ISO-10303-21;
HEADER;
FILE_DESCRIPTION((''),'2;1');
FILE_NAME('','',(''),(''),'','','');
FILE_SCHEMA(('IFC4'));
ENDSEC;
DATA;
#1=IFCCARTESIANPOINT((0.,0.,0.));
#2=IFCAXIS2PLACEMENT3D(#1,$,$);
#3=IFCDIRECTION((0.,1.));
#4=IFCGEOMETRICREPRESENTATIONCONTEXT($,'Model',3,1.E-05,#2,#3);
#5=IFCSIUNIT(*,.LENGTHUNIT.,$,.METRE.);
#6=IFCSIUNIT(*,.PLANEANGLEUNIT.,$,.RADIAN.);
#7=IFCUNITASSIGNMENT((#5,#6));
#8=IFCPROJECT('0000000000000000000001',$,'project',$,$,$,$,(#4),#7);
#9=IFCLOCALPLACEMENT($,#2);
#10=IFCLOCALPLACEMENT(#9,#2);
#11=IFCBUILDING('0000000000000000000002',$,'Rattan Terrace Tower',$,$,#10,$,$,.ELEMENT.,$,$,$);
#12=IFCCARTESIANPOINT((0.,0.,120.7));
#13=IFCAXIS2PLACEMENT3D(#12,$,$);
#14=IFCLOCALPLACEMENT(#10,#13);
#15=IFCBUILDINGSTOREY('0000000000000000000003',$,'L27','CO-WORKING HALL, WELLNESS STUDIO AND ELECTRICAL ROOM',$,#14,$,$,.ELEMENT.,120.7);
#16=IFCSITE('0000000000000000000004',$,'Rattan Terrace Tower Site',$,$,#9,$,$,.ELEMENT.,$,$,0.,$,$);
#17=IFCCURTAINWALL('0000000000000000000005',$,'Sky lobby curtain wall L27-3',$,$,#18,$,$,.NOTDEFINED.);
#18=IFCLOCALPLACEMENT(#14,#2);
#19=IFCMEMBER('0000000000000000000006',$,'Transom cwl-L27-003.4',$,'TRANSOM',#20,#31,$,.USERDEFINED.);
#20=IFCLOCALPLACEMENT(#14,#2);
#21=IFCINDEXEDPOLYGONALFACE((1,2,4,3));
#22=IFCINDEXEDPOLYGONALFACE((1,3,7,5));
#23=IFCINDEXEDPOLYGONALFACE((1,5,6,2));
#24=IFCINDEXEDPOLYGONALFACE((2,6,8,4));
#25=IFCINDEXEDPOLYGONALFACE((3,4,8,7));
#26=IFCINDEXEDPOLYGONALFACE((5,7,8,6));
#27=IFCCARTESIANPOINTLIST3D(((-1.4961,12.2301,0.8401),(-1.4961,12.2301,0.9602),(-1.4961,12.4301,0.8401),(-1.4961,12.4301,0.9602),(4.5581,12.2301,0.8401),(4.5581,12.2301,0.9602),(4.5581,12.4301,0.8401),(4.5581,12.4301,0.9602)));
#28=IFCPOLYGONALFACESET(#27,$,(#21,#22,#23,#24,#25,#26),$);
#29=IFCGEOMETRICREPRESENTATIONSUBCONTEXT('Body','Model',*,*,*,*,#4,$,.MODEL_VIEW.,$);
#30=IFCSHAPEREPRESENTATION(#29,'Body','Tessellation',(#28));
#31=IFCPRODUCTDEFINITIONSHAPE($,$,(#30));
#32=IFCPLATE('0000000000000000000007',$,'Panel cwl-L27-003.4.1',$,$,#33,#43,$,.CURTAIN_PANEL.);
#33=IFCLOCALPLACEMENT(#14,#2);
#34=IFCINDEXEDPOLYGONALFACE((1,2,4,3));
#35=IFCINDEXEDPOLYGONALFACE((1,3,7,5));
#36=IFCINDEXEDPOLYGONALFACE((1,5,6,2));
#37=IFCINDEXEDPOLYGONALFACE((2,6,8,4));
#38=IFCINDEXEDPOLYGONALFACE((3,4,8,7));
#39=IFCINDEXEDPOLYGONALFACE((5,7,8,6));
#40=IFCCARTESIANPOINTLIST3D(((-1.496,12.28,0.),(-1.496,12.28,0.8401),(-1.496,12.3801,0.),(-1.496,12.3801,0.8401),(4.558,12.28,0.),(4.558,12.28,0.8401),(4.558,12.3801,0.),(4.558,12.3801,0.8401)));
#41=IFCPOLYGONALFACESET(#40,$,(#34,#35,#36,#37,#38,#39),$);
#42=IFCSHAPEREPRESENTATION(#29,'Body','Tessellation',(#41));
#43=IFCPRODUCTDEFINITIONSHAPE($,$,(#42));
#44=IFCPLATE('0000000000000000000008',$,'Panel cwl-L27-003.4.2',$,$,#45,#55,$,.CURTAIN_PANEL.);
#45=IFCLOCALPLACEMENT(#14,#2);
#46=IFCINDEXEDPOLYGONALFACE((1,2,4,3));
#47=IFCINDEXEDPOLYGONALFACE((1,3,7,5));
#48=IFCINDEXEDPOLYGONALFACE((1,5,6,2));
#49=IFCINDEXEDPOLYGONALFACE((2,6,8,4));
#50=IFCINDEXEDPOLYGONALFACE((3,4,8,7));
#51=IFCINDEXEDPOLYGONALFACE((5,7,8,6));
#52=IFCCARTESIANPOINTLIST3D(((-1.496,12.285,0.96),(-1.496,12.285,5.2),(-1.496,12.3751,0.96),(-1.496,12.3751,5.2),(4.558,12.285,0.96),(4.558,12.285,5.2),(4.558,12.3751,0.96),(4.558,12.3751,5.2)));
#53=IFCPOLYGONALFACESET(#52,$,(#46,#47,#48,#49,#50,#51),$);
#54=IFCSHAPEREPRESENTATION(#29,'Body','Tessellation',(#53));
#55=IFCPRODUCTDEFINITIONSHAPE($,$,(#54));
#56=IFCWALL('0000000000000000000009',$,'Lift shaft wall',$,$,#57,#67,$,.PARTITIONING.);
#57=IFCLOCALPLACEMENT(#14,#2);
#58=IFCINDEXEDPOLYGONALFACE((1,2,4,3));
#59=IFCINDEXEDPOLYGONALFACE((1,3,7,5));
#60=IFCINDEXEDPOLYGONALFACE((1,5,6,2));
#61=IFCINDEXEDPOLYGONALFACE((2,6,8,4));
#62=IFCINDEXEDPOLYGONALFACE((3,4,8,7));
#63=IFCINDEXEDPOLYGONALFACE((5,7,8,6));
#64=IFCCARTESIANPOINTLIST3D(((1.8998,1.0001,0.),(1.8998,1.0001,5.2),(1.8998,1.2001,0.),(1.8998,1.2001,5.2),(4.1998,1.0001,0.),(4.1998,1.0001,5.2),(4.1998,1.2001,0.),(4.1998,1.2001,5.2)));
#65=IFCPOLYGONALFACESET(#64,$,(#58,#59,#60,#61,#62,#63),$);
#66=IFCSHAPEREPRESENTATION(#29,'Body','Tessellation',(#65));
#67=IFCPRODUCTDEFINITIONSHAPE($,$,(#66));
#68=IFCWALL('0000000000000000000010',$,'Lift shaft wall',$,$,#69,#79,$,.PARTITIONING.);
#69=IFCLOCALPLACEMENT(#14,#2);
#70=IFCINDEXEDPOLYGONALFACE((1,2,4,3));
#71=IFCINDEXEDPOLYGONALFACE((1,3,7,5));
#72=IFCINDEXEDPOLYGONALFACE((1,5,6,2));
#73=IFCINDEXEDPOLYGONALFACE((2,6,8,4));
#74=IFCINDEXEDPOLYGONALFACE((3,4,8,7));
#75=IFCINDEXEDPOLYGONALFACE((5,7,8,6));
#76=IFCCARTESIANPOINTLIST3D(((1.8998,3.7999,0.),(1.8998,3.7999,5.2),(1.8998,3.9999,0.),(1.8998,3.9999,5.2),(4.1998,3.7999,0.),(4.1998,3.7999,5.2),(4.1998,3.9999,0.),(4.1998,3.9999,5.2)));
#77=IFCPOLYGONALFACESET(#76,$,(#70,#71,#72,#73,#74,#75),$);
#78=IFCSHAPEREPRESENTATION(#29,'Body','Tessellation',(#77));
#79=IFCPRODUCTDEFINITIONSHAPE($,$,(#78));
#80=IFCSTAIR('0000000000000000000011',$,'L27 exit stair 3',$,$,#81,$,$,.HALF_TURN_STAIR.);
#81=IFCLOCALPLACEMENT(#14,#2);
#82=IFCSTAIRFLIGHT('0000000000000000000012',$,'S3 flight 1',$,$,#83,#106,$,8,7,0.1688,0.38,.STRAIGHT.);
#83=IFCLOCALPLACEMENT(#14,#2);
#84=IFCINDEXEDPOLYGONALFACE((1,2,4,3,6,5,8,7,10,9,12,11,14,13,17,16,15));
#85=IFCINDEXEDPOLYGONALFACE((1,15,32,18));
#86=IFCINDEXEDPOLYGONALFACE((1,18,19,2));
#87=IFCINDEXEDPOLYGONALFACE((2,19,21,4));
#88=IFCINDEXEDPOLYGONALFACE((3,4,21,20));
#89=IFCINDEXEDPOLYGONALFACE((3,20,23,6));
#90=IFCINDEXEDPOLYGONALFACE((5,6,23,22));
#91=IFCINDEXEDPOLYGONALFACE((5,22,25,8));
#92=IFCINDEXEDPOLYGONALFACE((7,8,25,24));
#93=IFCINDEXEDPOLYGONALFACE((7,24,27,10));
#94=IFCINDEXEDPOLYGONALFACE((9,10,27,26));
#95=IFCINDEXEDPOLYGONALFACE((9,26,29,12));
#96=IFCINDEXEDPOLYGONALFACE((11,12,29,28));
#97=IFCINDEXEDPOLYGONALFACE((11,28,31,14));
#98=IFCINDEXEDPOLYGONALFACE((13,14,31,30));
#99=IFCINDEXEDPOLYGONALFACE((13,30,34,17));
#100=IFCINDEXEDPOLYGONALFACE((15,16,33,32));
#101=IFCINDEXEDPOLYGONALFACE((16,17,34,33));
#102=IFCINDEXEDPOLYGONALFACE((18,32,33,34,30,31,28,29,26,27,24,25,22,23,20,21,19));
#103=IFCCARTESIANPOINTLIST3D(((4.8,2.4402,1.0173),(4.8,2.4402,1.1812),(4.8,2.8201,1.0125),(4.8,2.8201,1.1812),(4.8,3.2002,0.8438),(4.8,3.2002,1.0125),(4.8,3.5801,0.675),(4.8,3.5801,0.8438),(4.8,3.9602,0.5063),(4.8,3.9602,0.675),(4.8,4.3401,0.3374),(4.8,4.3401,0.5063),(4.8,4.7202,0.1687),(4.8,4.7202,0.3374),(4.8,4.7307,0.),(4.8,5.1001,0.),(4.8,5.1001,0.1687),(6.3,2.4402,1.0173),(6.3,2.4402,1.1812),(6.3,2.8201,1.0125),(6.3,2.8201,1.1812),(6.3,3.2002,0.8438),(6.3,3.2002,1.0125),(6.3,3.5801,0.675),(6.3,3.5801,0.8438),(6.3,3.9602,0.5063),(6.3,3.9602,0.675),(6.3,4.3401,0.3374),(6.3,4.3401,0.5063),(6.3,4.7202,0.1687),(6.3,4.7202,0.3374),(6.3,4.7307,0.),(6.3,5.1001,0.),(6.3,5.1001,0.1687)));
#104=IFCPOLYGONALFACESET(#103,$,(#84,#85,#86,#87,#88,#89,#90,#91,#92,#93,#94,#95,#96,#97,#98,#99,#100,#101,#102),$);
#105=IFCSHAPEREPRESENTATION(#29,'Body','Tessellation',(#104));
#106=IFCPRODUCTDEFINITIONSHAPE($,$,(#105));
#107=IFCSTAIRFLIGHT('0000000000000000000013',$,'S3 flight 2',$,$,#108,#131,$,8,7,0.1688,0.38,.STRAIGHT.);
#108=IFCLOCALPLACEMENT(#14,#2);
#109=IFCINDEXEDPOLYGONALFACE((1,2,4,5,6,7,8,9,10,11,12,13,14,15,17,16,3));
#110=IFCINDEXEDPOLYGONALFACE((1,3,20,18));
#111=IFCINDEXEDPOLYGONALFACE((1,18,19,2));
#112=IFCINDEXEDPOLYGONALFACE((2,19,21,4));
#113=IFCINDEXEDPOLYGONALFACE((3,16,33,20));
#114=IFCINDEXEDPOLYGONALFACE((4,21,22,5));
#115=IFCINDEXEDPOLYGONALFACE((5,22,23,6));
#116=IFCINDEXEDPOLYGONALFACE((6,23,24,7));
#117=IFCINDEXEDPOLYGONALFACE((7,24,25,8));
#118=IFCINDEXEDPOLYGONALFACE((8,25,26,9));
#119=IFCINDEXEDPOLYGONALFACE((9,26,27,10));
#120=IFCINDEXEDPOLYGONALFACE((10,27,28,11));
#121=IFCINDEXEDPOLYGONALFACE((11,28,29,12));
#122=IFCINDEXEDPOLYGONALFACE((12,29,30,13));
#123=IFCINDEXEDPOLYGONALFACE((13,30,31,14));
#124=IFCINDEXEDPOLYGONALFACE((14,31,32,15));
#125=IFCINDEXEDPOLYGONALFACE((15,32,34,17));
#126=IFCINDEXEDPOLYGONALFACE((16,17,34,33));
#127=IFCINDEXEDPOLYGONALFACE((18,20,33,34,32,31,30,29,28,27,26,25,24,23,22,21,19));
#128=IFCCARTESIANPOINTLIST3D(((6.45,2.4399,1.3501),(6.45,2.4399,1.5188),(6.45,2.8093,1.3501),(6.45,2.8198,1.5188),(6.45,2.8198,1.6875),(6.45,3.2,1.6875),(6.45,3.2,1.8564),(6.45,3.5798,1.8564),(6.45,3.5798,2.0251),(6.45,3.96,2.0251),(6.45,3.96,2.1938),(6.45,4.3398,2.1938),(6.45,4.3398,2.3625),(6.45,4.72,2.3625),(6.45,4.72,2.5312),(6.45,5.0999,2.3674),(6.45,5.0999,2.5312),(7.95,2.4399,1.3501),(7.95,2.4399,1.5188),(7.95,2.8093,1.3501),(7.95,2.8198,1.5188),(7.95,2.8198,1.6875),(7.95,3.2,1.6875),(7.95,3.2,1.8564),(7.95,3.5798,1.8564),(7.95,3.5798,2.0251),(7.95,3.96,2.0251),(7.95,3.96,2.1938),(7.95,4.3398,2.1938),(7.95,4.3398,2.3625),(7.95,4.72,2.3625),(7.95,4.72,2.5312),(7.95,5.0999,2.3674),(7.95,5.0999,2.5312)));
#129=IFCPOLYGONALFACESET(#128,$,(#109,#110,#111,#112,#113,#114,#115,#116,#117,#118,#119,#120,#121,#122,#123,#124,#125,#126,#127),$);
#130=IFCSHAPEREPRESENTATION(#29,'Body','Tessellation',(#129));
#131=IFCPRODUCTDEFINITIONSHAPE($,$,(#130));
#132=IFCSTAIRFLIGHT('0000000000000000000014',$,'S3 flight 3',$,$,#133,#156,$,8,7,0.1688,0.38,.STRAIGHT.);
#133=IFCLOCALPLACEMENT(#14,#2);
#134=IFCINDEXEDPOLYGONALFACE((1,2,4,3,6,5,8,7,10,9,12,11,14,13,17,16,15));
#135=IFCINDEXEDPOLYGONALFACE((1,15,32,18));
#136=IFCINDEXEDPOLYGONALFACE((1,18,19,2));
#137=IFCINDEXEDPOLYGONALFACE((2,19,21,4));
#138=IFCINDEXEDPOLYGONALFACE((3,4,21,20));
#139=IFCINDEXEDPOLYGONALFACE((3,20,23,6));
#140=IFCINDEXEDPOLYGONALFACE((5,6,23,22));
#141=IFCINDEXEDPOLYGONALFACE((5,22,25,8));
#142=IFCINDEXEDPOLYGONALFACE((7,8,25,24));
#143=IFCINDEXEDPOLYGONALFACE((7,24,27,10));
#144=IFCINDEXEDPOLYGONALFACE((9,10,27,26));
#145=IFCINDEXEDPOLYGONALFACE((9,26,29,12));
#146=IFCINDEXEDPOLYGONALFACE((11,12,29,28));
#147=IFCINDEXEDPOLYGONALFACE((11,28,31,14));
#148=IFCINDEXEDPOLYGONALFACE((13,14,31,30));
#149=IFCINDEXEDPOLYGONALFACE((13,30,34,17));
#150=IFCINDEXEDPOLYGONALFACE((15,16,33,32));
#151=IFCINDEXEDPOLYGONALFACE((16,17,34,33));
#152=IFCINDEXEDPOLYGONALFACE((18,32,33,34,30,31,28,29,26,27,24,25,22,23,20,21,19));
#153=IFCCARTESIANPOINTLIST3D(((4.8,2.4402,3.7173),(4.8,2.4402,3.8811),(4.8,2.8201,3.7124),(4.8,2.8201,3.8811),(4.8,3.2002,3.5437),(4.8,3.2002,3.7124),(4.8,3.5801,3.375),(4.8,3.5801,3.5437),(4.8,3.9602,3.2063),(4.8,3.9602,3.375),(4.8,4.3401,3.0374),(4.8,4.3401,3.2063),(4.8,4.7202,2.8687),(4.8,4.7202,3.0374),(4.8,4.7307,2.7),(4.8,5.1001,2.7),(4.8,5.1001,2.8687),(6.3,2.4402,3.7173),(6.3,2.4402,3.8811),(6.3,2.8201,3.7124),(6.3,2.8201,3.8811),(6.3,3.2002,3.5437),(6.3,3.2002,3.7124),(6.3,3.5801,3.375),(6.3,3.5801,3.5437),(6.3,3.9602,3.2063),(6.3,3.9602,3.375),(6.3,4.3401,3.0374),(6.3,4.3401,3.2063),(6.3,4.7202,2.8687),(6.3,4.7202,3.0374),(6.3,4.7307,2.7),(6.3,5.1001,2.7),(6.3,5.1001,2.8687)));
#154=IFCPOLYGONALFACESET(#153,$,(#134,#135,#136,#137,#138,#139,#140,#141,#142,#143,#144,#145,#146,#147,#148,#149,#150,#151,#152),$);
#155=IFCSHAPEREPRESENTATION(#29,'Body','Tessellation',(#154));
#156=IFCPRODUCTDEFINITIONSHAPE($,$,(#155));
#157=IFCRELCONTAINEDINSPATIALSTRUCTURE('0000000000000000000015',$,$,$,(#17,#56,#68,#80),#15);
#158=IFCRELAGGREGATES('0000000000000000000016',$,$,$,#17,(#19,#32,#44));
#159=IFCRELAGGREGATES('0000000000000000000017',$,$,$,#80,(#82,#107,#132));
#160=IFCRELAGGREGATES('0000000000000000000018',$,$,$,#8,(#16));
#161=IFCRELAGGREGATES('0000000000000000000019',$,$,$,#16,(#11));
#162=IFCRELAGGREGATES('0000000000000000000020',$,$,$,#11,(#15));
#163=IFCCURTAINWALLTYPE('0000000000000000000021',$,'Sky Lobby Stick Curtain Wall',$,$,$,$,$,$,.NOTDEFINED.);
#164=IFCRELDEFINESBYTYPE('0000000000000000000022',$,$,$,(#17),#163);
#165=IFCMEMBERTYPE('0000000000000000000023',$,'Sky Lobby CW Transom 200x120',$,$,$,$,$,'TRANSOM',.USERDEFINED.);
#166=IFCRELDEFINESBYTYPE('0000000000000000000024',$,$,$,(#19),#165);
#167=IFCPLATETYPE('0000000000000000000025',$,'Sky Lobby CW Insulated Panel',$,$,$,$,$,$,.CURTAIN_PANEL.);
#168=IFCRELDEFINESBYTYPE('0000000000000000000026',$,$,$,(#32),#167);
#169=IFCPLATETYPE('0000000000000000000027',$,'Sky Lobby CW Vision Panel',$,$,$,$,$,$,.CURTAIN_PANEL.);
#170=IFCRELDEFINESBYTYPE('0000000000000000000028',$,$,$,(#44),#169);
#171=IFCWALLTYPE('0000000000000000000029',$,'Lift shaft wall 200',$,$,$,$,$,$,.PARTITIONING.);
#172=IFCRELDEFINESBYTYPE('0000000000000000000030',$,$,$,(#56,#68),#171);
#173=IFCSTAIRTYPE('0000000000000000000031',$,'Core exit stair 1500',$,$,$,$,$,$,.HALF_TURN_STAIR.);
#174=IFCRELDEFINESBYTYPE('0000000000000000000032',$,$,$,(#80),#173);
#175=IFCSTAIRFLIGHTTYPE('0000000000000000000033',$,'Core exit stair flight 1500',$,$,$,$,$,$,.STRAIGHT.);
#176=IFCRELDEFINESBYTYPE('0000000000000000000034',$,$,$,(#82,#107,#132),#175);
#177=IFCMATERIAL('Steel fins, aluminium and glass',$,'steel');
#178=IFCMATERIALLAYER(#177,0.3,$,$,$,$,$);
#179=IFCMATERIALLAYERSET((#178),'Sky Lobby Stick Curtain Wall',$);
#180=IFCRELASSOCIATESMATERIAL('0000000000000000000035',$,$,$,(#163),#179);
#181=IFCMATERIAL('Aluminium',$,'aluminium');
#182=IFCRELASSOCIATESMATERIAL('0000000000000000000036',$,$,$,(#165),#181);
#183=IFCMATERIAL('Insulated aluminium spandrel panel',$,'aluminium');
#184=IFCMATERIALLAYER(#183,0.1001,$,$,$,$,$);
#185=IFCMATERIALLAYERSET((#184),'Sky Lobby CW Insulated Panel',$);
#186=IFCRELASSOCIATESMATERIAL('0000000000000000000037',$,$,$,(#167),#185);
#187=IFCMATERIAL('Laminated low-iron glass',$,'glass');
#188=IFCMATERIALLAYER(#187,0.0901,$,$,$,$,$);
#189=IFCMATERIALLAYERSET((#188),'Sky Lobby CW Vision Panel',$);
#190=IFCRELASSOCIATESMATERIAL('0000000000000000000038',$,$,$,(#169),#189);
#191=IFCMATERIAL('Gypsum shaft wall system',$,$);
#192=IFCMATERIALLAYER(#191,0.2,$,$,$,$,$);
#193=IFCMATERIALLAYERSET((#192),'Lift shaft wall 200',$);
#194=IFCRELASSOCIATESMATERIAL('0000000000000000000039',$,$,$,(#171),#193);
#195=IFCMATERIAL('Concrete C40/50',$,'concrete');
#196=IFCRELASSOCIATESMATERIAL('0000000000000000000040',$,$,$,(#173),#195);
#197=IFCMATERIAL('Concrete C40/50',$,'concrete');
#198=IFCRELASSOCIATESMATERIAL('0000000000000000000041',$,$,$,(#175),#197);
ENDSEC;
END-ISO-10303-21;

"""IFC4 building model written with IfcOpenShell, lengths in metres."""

from ifc_helpers import new_model, si_unit, direction, frame, frame_2d, origin, origin_2d, place, context, subcontext, project, spatial, polyline, rectangle, outline, extrude, material, layer, layer_set, material_profile, profile_set, type_object, element, aggregate, save


model = new_model("IFC4")

# Units and contexts
model_context = context("Model", 3, precision=1e-05, world=origin(), true_north=direction((0.0, 1.0)))
body_context = subcontext(model_context, "Body", "Model", "MODEL_VIEW")
ifc_project = project(units=[si_unit("LENGTHUNIT", "METRE"), si_unit("PLANEANGLEUNIT", "RADIAN")], contexts=[model_context])

# Site, building, storey
site_placement = place(None, origin())
site = spatial("IfcSite", under=ifc_project, at=site_placement, Name="Rattan Terrace Tower Site", CompositionType="ELEMENT", RefElevation=0.0)
building_placement = place(site_placement, origin())
building = spatial("IfcBuilding", under=site, at=building_placement, Name="Rattan Terrace Tower", CompositionType="ELEMENT")
storey_placement = place(building_placement, frame((0.0, 0.0, 120.7)))
storey = spatial("IfcBuildingStorey", under=building, at=storey_placement, Name="L27", Description="CO-WORKING HALL, WELLNESS STUDIO AND ELECTRICAL ROOM", CompositionType="ELEMENT", Elevation=120.7)

# Curtain wall, member, plates
ifc_material_1 = material(Name="Steel fins, aluminium and glass", Category="steel")
ifc_layer_1 = layer(ifc_material_1, 0.3)
ifc_layer_set_1 = layer_set([ifc_layer_1], Name="Sky Lobby Stick Curtain Wall")
curtain_wall_type = type_object("IfcCurtainWallType", Name="Sky Lobby Stick Curtain Wall", PredefinedType="NOTDEFINED", material=ifc_layer_set_1)
curtain_wall_placement = place(storey_placement, origin())
curtain_wall = element("IfcCurtainWall", 1, at=curtain_wall_placement, inside=storey, type_object=curtain_wall_type, Name="Sky lobby curtain wall L27-3", PredefinedType="NOTDEFINED")
ifc_material_2 = material(Name="Aluminium", Category="aluminium")
ifc_material_profile_1 = material_profile(ifc_material_2, rectangle(XDim=0.2, YDim=0.1201, at=origin_2d()), Name="Aluminium 200x120")
ifc_profile_set_1 = profile_set([ifc_material_profile_1], Name="Aluminium")
member_type_1 = type_object("IfcMemberType", Name="Sky Lobby CW Transom 200x120", ElementType="TRANSOM", PredefinedType="USERDEFINED", material=ifc_profile_set_1)
member_1_placement = place(storey_placement, frame((4.5581, 12.3301, 0.9001), z_axis=(-1.0, 0.0, 0.0), x_axis=(0.0, -1.0, 0.0)))
member_1 = element("IfcMember", 2, at=member_1_placement, type_object=member_type_1, Name="Transom cwl-L27-003.4", ObjectType="TRANSOM", PredefinedType="USERDEFINED", context=body_context, shape_type="SweptSolid", body=[
    extrude(rectangle(XDim=0.2, YDim=0.1201, at=origin_2d()), origin(), (0.0, 0.0, 1.0), 6.0542),
])
ifc_material_3 = material(Name="Insulated aluminium spandrel panel", Category="aluminium")
ifc_layer_2 = layer(ifc_material_3, 0.1001)
ifc_layer_set_2 = layer_set([ifc_layer_2], Name="Sky Lobby CW Insulated Panel")
plate_type_1 = type_object("IfcPlateType", Name="Sky Lobby CW Insulated Panel", PredefinedType="CURTAIN_PANEL", material=ifc_layer_set_2)
plate_1_placement = place(storey_placement, frame((1.531, 12.3301, 0.0), z_axis=(0.0, 0.0, 1.0), x_axis=(-1.0, 0.0, 0.0)))
plate_1 = element("IfcPlate", 3, at=plate_1_placement, type_object=plate_type_1, Name="Panel cwl-L27-003.4.1", PredefinedType="CURTAIN_PANEL", context=body_context, shape_type="SweptSolid", body=[
    extrude(rectangle(XDim=6.054, YDim=0.1001, at=origin_2d()), origin(), (0.0, 0.0, 1.0), 0.8401),
])
ifc_material_4 = material(Name="Laminated low-iron glass", Category="glass")
ifc_layer_3 = layer(ifc_material_4, 0.0901)
ifc_layer_set_3 = layer_set([ifc_layer_3], Name="Sky Lobby CW Vision Panel")
plate_type_2 = type_object("IfcPlateType", Name="Sky Lobby CW Vision Panel", PredefinedType="CURTAIN_PANEL", material=ifc_layer_set_3)
plate_2_placement = place(storey_placement, frame((1.531, 12.3301, 0.96), z_axis=(0.0, 0.0, 1.0), x_axis=(-1.0, 0.0, 0.0)))
plate_2 = element("IfcPlate", 4, at=plate_2_placement, type_object=plate_type_2, Name="Panel cwl-L27-003.4.2", PredefinedType="CURTAIN_PANEL", context=body_context, shape_type="SweptSolid", body=[
    extrude(rectangle(XDim=6.054, YDim=0.0901, at=origin_2d()), origin(), (0.0, 0.0, 1.0), 4.24),
])
aggregate(curtain_wall, [member_1, plate_1, plate_2])

# Walls
ifc_material_5 = material(Name="Gypsum shaft wall system")
ifc_layer_4 = layer(ifc_material_5, 0.2)
ifc_layer_set_4 = layer_set([ifc_layer_4], Name="Lift shaft wall 200")
wall_type = type_object("IfcWallType", Name="Lift shaft wall 200", PredefinedType="PARTITIONING", material=ifc_layer_set_4)
for number, where, z_axis, x_axis, name in (
    (5, (1.8999, 1.1001, 0.0), (0.0, 0.0, 1.0), (1.0, 0.0, 0.0), "Lift shaft wall"),
    (6, (1.8999, 3.8999, 0.0), (0.0, 0.0, 1.0), (1.0, 0.0, 0.0), "Lift shaft wall"),
):
    element("IfcWall", number, at=place(storey_placement, frame(where, z_axis=z_axis, x_axis=x_axis)), inside=storey, type_object=wall_type, Name=name, PredefinedType="PARTITIONING", context=body_context, shape_type="SweptSolid", body=[
        extrude(rectangle(XDim=2.3, YDim=0.2, at=frame_2d((1.1499, 0.0))), origin(), (0.0, 0.0, 1.0), 5.2),
    ])

# Stair, stair flights
ifc_material_6 = material(Name="Concrete C40/50", Category="concrete")
stair_type = type_object("IfcStairType", Name="Core exit stair 1500", PredefinedType="HALF_TURN_STAIR", material=ifc_material_6)
stair_placement = place(storey_placement, origin())
stair = element("IfcStair", 7, at=stair_placement, inside=storey, type_object=stair_type, Name="L27 exit stair 3", PredefinedType="HALF_TURN_STAIR")
ifc_material_7 = material(Name="Concrete C40/50", Category="concrete")
stair_flight_type = type_object("IfcStairFlightType", Name="Core exit stair flight 1500", PredefinedType="STRAIGHT", material=ifc_material_7)
stair_flight_1_placement = place(storey_placement, frame((5.55, 5.1001, 0.0), z_axis=(0.0, 0.0, 1.0), x_axis=(0.0, -1.0, 0.0)))
stair_flight_1 = element("IfcStairFlight", 8, at=stair_flight_1_placement, type_object=stair_flight_type, Name="S3 flight 1", NumberOfRisers=8, NumberOfTreads=7, PredefinedType="STRAIGHT", RiserHeight=0.1688, TreadLength=0.38, context=body_context, shape_type="SweptSolid", body=[
    extrude(outline(polyline([(0.0, 0.0), (0.0, 0.1687), (0.3799, 0.1687), (0.3799, 0.3374), (0.76, 0.3374), (0.76, 0.5063), (1.1399, 0.5063), (1.1399, 0.675), (1.52, 0.675), (1.52, 0.8438), (1.8999, 0.8438), (1.8999, 1.0125), (2.28, 1.0125), (2.28, 1.1812), (2.6599, 1.1812), (2.6599, 1.3501), (2.6599, 1.0173), (0.3694, 0.0), (0.0, 0.0)])), frame((0.0, 0.75, 0.0), z_axis=(0.0, -1.0, 0.0), x_axis=(1.0, 0.0, 0.0)), (0.0, 0.0, 1.0), 1.5),
])
stair_flight_2_placement = place(storey_placement, frame((7.2, 2.4399, 1.3501), z_axis=(0.0, 0.0, 1.0), x_axis=(0.0, 1.0, 0.0)))
stair_flight_2 = element("IfcStairFlight", 9, at=stair_flight_2_placement, type_object=stair_flight_type, Name="S3 flight 2", NumberOfRisers=8, NumberOfTreads=7, PredefinedType="STRAIGHT", RiserHeight=0.1688, TreadLength=0.38, context=body_context, shape_type="SweptSolid", body=[
    extrude(outline(polyline([(0.0, 0.0), (0.0, 0.1687), (0.3799, 0.1687), (0.3799, 0.3374), (0.76, 0.3374), (0.76, 0.5063), (1.1399, 0.5063), (1.1399, 0.675), (1.52, 0.675), (1.52, 0.8438), (1.8999, 0.8438), (1.8999, 1.0125), (2.28, 1.0125), (2.28, 1.1812), (2.6599, 1.1812), (2.6599, 1.3501), (2.6599, 1.0173), (0.3694, 0.0), (0.0, 0.0)])), frame((0.0, 0.75, 0.0), z_axis=(0.0, -1.0, 0.0), x_axis=(1.0, 0.0, 0.0)), (0.0, 0.0, 1.0), 1.5),
])
stair_flight_3_placement = place(storey_placement, frame((5.55, 5.1001, 2.7), z_axis=(0.0, 0.0, 1.0), x_axis=(0.0, -1.0, 0.0)))
stair_flight_3 = element("IfcStairFlight", 10, at=stair_flight_3_placement, type_object=stair_flight_type, Name="S3 flight 3", NumberOfRisers=8, NumberOfTreads=7, PredefinedType="STRAIGHT", RiserHeight=0.1688, TreadLength=0.38, context=body_context, shape_type="SweptSolid", body=[
    extrude(outline(polyline([(0.0, 0.0), (0.0, 0.1687), (0.3799, 0.1687), (0.3799, 0.3374), (0.76, 0.3374), (0.76, 0.5063), (1.1399, 0.5063), (1.1399, 0.675), (1.52, 0.675), (1.52, 0.8438), (1.8999, 0.8438), (1.8999, 1.0125), (2.28, 1.0125), (2.28, 1.1812), (2.6599, 1.1812), (2.6599, 1.3501), (2.6599, 1.0173), (0.3694, 0.0), (0.0, 0.0)])), frame((0.0, 0.75, 0.0), z_axis=(0.0, -1.0, 0.0), x_axis=(1.0, 0.0, 0.0)), (0.0, 0.0, 1.0), 1.5),
])
aggregate(stair, [stair_flight_1, stair_flight_2, stair_flight_3])

save(model, "model.ifc")
